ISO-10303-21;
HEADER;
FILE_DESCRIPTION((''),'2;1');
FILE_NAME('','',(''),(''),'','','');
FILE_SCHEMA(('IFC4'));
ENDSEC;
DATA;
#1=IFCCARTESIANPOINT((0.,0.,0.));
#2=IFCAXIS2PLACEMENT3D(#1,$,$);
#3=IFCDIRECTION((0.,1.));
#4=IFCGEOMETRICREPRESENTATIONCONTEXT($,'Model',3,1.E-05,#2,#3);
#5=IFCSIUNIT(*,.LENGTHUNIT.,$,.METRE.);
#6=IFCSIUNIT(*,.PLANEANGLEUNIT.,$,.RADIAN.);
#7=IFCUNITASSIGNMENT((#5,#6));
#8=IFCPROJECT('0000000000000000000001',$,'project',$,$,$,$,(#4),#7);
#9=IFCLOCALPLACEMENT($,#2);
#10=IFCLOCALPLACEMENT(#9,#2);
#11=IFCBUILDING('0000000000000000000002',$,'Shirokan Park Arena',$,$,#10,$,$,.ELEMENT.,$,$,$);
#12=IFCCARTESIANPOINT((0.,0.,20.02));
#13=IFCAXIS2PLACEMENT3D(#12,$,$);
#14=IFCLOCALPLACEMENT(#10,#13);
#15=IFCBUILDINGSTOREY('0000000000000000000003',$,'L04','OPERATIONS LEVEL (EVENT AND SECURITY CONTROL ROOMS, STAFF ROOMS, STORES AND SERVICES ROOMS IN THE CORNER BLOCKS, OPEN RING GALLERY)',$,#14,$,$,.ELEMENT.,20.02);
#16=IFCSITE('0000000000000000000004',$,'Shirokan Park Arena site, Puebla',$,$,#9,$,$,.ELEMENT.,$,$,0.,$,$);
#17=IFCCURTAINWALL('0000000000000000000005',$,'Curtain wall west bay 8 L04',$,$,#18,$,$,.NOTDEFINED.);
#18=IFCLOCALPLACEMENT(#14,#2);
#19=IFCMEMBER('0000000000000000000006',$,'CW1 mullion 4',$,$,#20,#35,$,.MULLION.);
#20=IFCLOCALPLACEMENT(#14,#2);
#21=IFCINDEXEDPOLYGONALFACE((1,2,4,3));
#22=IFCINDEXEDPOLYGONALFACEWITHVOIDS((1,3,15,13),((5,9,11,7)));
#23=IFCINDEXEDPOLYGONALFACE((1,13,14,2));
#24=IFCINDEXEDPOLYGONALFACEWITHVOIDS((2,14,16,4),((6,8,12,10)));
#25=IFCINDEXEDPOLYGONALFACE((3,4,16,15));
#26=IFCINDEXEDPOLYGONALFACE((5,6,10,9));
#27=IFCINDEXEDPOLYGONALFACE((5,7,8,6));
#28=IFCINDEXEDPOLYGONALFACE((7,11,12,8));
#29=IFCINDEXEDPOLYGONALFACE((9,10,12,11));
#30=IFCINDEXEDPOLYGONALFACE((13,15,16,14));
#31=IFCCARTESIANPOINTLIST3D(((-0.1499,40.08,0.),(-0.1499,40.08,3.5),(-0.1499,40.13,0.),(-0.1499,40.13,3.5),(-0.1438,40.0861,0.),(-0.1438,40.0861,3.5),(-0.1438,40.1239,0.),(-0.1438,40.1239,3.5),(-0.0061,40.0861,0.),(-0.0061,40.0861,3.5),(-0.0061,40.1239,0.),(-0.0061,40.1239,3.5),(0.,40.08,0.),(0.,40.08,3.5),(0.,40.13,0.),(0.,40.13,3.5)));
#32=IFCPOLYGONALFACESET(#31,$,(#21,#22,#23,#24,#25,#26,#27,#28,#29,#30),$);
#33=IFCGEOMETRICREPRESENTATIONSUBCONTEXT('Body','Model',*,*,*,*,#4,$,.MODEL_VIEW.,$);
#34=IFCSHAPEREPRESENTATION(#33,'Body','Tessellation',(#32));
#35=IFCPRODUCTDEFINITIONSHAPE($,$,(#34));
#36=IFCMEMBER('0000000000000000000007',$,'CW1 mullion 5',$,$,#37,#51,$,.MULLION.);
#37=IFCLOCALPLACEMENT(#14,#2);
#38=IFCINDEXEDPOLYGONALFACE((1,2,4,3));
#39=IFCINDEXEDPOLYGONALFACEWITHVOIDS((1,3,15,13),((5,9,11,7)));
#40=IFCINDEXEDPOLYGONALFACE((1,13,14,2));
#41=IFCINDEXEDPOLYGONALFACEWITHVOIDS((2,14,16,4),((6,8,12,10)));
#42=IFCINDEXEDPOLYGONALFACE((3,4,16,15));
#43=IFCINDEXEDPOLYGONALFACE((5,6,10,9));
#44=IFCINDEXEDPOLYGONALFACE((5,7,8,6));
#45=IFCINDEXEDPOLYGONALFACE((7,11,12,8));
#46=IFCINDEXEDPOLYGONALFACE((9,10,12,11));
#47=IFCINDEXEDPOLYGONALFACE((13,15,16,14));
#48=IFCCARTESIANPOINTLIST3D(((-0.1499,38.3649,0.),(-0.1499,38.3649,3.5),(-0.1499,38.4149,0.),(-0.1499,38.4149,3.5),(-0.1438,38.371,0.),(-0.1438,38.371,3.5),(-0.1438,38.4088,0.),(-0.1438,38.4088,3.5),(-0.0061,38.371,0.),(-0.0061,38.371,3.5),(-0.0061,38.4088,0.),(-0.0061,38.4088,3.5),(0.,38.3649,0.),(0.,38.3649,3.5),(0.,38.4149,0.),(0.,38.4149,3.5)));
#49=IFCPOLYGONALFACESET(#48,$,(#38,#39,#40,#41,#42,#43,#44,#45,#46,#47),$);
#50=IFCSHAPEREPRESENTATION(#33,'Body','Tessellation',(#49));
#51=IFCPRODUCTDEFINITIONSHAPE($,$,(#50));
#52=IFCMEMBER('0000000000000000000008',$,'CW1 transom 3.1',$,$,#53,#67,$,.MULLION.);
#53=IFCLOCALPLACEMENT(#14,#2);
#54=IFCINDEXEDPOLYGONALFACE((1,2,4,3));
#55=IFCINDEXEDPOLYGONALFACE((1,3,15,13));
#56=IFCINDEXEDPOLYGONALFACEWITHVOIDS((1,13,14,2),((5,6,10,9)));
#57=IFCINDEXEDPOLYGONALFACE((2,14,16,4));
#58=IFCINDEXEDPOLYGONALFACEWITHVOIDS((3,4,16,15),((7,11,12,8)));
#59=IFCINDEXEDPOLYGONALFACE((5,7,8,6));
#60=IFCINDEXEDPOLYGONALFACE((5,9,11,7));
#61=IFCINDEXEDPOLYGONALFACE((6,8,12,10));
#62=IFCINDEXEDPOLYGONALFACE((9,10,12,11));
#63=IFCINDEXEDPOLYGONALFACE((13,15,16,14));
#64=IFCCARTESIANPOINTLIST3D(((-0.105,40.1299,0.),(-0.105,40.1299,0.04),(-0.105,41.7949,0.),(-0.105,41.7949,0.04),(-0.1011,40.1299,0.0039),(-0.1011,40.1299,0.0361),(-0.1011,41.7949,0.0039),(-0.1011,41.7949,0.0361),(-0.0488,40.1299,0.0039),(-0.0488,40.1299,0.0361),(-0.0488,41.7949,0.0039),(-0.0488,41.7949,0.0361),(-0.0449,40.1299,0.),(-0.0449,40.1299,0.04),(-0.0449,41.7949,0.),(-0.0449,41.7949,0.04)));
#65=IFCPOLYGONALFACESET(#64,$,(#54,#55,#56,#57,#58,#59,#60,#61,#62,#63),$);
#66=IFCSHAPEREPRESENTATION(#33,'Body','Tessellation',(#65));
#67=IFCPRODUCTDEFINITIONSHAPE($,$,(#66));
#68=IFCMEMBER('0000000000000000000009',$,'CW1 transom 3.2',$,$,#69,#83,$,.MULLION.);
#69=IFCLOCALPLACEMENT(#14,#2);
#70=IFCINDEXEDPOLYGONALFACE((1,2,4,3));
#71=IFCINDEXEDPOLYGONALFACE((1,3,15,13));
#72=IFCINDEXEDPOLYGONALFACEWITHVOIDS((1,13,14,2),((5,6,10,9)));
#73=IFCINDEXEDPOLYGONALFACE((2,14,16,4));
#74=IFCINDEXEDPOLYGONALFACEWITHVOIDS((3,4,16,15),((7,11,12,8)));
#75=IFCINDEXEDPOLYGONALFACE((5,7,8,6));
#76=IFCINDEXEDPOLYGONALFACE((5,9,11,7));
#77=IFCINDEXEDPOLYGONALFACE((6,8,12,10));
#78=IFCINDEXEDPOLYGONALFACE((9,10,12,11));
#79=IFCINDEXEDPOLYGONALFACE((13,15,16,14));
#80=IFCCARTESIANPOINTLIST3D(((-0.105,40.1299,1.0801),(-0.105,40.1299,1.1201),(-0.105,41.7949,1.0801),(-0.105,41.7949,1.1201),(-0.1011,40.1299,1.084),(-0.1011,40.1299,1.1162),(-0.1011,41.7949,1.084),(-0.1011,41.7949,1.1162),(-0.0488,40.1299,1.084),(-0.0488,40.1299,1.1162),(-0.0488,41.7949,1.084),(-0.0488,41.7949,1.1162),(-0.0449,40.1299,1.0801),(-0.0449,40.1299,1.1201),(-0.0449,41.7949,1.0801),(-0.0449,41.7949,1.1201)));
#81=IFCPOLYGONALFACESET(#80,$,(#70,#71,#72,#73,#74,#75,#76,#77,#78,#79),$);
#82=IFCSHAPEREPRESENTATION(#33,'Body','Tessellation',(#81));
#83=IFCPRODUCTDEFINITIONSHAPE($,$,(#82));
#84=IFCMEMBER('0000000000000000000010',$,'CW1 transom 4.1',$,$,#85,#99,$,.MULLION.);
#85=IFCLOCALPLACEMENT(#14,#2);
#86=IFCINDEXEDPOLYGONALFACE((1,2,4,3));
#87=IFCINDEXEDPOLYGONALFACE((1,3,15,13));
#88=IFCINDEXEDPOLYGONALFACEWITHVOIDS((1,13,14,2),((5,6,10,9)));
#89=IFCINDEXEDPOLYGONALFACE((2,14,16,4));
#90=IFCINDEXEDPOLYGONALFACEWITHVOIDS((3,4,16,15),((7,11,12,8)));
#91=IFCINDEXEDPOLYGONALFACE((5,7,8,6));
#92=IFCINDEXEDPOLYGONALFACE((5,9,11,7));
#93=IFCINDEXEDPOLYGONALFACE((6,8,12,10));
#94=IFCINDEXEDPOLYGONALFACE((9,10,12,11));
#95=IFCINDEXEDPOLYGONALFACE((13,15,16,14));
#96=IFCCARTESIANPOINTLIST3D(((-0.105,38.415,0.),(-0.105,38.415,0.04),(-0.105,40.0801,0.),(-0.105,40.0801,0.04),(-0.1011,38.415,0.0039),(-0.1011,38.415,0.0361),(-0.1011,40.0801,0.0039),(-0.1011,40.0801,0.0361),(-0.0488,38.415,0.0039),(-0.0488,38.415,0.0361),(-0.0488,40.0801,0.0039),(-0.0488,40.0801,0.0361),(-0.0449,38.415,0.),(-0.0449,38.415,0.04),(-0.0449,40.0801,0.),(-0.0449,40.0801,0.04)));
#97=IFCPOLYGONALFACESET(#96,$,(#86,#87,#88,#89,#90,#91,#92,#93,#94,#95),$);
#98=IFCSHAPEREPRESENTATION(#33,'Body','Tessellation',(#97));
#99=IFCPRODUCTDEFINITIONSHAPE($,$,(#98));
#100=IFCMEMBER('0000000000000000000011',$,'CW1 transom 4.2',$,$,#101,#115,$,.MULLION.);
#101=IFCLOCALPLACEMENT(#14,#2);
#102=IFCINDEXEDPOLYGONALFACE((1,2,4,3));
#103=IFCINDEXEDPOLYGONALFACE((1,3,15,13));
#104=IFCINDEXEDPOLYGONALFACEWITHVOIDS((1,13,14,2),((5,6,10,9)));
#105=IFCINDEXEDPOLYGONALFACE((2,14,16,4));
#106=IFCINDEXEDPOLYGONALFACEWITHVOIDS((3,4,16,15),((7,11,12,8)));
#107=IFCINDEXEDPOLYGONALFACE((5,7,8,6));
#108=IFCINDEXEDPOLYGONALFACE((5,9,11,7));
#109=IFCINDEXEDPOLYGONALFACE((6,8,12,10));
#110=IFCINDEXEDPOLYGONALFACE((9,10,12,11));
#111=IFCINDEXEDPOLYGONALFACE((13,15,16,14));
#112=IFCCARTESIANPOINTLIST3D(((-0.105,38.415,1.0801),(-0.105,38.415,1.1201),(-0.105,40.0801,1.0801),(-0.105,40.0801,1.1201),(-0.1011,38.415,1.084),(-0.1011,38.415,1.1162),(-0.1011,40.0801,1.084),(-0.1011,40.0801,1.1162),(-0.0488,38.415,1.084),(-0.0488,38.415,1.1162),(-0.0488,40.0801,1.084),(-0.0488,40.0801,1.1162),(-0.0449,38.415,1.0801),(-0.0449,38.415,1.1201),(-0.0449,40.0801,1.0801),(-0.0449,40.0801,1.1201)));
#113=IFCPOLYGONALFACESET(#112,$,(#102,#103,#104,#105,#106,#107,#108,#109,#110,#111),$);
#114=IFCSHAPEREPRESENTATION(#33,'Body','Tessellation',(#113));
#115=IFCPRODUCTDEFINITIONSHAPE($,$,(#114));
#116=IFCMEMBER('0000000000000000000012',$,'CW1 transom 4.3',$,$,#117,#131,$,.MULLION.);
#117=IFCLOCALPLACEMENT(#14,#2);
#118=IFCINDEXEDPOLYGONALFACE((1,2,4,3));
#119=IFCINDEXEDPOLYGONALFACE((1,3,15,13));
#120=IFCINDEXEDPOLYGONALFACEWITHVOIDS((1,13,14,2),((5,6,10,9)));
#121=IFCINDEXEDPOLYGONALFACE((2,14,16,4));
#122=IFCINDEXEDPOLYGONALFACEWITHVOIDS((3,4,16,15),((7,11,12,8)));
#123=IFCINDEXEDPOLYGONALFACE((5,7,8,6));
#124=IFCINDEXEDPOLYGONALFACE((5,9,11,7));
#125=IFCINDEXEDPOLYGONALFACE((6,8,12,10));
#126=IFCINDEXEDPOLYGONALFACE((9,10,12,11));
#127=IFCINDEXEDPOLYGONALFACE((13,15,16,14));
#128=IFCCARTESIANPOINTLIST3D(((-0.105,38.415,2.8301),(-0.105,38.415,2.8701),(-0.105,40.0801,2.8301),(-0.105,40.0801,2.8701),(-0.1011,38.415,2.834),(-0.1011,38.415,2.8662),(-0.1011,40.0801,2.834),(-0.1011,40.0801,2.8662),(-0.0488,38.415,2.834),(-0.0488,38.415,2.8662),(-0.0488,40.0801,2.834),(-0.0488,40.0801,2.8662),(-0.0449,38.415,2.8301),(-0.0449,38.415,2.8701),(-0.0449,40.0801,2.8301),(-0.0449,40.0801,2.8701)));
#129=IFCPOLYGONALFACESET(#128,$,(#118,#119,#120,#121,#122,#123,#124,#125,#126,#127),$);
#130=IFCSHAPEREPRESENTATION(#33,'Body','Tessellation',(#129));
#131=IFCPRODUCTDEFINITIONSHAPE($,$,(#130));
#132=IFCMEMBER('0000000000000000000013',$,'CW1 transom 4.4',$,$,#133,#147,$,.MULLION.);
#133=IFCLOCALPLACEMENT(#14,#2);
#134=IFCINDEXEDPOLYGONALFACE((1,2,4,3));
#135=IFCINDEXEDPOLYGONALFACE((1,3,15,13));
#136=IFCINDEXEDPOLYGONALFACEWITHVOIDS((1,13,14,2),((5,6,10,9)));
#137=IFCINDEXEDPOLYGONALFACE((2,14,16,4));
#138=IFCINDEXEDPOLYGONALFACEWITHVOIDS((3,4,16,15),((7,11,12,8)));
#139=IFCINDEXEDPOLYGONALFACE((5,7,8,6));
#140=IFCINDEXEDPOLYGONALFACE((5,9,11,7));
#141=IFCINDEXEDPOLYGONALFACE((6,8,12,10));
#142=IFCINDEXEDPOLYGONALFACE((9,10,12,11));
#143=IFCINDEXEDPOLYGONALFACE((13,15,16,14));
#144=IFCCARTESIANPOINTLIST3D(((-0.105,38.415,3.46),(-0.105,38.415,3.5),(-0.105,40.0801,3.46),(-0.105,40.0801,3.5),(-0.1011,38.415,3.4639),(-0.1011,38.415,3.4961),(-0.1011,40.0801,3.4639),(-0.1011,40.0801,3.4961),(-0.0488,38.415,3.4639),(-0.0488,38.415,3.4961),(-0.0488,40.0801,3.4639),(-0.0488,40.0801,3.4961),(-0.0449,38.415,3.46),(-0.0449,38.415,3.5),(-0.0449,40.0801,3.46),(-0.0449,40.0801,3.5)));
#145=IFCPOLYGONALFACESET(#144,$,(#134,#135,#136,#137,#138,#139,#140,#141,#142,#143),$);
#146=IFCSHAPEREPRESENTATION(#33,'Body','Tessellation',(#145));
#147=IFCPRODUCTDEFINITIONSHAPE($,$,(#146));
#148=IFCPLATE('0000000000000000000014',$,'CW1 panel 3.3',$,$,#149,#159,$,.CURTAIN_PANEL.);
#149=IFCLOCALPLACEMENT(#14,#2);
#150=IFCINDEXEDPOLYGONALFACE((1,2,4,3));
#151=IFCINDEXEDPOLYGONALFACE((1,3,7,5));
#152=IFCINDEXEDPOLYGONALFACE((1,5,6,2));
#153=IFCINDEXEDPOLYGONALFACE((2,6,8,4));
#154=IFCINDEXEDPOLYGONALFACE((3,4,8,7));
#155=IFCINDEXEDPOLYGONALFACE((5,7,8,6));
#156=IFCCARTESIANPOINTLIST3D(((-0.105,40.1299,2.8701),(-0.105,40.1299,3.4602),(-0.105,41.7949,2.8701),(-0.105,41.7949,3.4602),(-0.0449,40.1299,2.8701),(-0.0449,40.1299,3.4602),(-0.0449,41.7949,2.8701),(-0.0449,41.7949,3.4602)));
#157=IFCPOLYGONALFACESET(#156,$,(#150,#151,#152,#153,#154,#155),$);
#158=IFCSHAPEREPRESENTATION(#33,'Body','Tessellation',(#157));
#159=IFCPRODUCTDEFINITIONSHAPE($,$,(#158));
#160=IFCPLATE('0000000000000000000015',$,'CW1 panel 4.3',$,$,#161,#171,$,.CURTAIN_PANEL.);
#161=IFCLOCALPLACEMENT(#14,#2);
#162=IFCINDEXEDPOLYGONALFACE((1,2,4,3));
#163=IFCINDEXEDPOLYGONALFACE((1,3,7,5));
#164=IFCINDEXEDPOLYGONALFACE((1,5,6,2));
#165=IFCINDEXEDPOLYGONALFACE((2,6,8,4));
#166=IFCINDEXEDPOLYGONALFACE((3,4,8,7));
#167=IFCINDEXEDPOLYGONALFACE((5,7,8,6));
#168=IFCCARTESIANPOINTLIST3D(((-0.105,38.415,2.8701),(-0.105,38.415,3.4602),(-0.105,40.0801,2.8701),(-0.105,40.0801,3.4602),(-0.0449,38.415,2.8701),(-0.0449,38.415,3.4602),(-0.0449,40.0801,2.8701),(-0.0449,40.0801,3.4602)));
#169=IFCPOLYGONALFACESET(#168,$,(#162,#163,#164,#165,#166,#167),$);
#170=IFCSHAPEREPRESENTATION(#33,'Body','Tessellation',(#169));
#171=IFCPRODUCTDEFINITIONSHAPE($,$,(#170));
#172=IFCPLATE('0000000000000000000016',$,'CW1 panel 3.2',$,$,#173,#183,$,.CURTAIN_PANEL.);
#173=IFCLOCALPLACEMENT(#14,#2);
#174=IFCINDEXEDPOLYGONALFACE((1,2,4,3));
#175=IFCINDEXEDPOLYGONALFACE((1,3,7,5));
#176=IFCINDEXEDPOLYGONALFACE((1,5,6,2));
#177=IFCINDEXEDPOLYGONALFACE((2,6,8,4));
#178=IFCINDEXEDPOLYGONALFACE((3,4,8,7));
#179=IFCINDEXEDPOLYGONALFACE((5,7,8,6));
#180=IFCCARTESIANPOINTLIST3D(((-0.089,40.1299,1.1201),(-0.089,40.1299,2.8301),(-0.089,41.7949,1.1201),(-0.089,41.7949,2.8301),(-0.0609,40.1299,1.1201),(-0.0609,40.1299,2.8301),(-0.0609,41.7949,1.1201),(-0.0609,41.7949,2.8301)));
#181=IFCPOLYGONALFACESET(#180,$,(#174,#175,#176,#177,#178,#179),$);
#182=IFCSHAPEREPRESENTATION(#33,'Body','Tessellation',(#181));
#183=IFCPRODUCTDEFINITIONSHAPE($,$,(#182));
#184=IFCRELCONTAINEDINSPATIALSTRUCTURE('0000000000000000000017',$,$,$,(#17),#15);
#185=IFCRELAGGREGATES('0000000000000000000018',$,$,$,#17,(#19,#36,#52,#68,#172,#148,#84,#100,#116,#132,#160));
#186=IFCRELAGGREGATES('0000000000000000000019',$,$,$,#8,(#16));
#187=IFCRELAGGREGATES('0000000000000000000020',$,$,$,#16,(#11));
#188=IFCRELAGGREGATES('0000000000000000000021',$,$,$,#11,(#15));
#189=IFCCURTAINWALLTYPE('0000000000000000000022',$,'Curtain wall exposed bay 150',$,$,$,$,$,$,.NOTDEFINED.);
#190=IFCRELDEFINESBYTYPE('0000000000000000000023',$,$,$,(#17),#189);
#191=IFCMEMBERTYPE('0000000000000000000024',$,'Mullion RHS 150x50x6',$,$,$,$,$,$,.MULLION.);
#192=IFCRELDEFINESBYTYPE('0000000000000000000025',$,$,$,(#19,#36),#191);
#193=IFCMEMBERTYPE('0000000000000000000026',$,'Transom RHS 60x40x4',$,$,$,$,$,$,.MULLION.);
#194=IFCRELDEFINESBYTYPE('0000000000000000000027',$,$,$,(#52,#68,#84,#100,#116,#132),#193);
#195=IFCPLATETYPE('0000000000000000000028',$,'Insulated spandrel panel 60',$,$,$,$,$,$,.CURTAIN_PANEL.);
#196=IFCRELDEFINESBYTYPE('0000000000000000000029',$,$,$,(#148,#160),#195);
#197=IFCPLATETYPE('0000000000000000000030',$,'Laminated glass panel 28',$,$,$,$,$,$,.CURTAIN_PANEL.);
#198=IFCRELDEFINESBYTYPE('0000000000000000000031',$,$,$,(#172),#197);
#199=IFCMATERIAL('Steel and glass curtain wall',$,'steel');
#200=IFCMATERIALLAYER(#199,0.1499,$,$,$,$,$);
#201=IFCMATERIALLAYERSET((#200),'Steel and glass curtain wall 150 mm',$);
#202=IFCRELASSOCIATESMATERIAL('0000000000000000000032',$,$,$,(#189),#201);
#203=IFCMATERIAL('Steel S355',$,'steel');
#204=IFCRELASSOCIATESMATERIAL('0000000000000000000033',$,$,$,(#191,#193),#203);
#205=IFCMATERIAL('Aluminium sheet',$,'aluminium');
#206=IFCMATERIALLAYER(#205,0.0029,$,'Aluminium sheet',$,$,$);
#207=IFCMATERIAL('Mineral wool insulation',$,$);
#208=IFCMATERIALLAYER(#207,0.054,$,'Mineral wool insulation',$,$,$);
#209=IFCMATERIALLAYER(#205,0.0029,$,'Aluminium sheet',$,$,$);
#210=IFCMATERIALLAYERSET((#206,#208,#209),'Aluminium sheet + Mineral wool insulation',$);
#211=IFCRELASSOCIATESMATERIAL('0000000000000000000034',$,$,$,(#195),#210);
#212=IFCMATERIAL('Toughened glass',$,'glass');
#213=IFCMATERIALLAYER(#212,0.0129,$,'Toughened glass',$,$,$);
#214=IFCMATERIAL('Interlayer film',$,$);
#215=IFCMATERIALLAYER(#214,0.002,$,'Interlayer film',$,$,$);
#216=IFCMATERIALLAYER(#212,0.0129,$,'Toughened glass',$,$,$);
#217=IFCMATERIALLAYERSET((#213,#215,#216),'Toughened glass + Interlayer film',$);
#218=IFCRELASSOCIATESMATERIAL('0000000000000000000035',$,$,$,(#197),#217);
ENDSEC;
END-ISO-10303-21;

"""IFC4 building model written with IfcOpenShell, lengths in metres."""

from ifc_helpers import new_model, si_unit, direction, frame, origin, origin_2d, place, context, subcontext, project, spatial, rectangle, hollow_rectangle, extrude, material, layer, layer_set, material_profile, profile_set, type_object, element, aggregate, save


model = new_model("IFC4")

# Units and contexts
model_context = context("Model", 3, precision=1e-05, world=origin(), true_north=direction((0.0, 1.0)))
body_context = subcontext(model_context, "Body", "Model", "MODEL_VIEW")
ifc_project = project(units=[si_unit("LENGTHUNIT", "METRE"), si_unit("PLANEANGLEUNIT", "RADIAN")], contexts=[model_context])

# Site, building, storey
site_placement = place(None, origin())
site = spatial("IfcSite", under=ifc_project, at=site_placement, Name="Shirokan Park Arena site, Puebla", CompositionType="ELEMENT", RefElevation=0.0)
building_placement = place(site_placement, origin())
building = spatial("IfcBuilding", under=site, at=building_placement, Name="Shirokan Park Arena", CompositionType="ELEMENT")
storey_placement = place(building_placement, frame((0.0, 0.0, 20.02)))
storey = spatial("IfcBuildingStorey", under=building, at=storey_placement, Name="L04", Description="OPERATIONS LEVEL (EVENT AND SECURITY CONTROL ROOMS, STAFF ROOMS, STORES AND SERVICES ROOMS IN THE CORNER BLOCKS, OPEN RING GALLERY)", CompositionType="ELEMENT", Elevation=20.02)

# Curtain wall, members, plates
ifc_material_1 = material(Name="Steel and glass curtain wall", Category="steel")
ifc_layer_1 = layer(ifc_material_1, 0.1499)
ifc_layer_set_1 = layer_set([ifc_layer_1], Name="Steel and glass curtain wall 150 mm")
curtain_wall_type = type_object("IfcCurtainWallType", Name="Curtain wall exposed bay 150", PredefinedType="NOTDEFINED", material=ifc_layer_set_1)
curtain_wall_placement = place(storey_placement, origin())
curtain_wall = element("IfcCurtainWall", 1, at=curtain_wall_placement, inside=storey, type_object=curtain_wall_type, Name="Curtain wall west bay 8 L04", PredefinedType="NOTDEFINED")
ifc_material_2 = material(Name="Steel S355", Category="steel")
ifc_material_profile_1 = material_profile(ifc_material_2, hollow_rectangle(XDim=0.1499, YDim=0.05, WallThickness=0.0061, at=origin_2d()), Name="RHS 150x50x6")
ifc_profile_set_1 = profile_set([ifc_material_profile_1], Name="Steel S355")
member_type_1 = type_object("IfcMemberType", Name="Mullion RHS 150x50x6", PredefinedType="MULLION", material=ifc_profile_set_1)
member_1_placement = place(storey_placement, frame((-0.075, 40.105, 0.0), z_axis=(0.0, 0.0, 1.0), x_axis=(1.0, 0.0, 0.0)))
member_1 = element("IfcMember", 2, at=member_1_placement, type_object=member_type_1, Name="CW1 mullion 4", PredefinedType="MULLION", context=body_context, shape_type="SweptSolid", body=[
    extrude(hollow_rectangle(XDim=0.1499, YDim=0.05, WallThickness=0.0061, at=origin_2d()), origin(), (0.0, 0.0, 1.0), 3.5),
])
member_2_placement = place(storey_placement, frame((-0.075, 38.3899, 0.0), z_axis=(0.0, 0.0, 1.0), x_axis=(1.0, 0.0, 0.0)))
member_2 = element("IfcMember", 3, at=member_2_placement, type_object=member_type_1, Name="CW1 mullion 5", PredefinedType="MULLION", context=body_context, shape_type="SweptSolid", body=[
    extrude(hollow_rectangle(XDim=0.1499, YDim=0.05, WallThickness=0.0061, at=origin_2d()), origin(), (0.0, 0.0, 1.0), 3.5),
])
ifc_material_profile_2 = material_profile(ifc_material_2, hollow_rectangle(XDim=0.0601, YDim=0.04, WallThickness=0.0039, at=origin_2d()), Name="RHS 60x40x4")
ifc_profile_set_2 = profile_set([ifc_material_profile_2], Name="Steel S355")
member_type_2 = type_object("IfcMemberType", Name="Transom RHS 60x40x4", PredefinedType="MULLION", material=ifc_profile_set_2)
member_3_placement = place(storey_placement, frame((-0.075, 41.7949, 0.02), z_axis=(0.0, -1.0, 0.0), x_axis=(1.0, 0.0, 0.0)))
member_3 = element("IfcMember", 4, at=member_3_placement, type_object=member_type_2, Name="CW1 transom 3.1", PredefinedType="MULLION", context=body_context, shape_type="SweptSolid", body=[
    extrude(hollow_rectangle(XDim=0.0601, YDim=0.04, WallThickness=0.0039, at=origin_2d()), origin(), (0.0, 0.0, 1.0), 1.665),
])
member_4_placement = place(storey_placement, frame((-0.075, 41.7949, 1.1001), z_axis=(0.0, -1.0, 0.0), x_axis=(1.0, 0.0, 0.0)))
member_4 = element("IfcMember", 5, at=member_4_placement, type_object=member_type_2, Name="CW1 transom 3.2", PredefinedType="MULLION", context=body_context, shape_type="SweptSolid", body=[
    extrude(hollow_rectangle(XDim=0.0601, YDim=0.04, WallThickness=0.0039, at=origin_2d()), origin(), (0.0, 0.0, 1.0), 1.665),
])
member_5_placement = place(storey_placement, frame((-0.075, 40.0801, 0.02), z_axis=(0.0, -1.0, 0.0), x_axis=(1.0, 0.0, 0.0)))
member_5 = element("IfcMember", 6, at=member_5_placement, type_object=member_type_2, Name="CW1 transom 4.1", PredefinedType="MULLION", context=body_context, shape_type="SweptSolid", body=[
    extrude(hollow_rectangle(XDim=0.0601, YDim=0.04, WallThickness=0.0039, at=origin_2d()), origin(), (0.0, 0.0, 1.0), 1.665),
])
member_6_placement = place(storey_placement, frame((-0.075, 40.0801, 1.1001), z_axis=(0.0, -1.0, 0.0), x_axis=(1.0, 0.0, 0.0)))
member_6 = element("IfcMember", 7, at=member_6_placement, type_object=member_type_2, Name="CW1 transom 4.2", PredefinedType="MULLION", context=body_context, shape_type="SweptSolid", body=[
    extrude(hollow_rectangle(XDim=0.0601, YDim=0.04, WallThickness=0.0039, at=origin_2d()), origin(), (0.0, 0.0, 1.0), 1.665),
])
member_7_placement = place(storey_placement, frame((-0.075, 40.0801, 2.8501), z_axis=(0.0, -1.0, 0.0), x_axis=(1.0, 0.0, 0.0)))
member_7 = element("IfcMember", 8, at=member_7_placement, type_object=member_type_2, Name="CW1 transom 4.3", PredefinedType="MULLION", context=body_context, shape_type="SweptSolid", body=[
    extrude(hollow_rectangle(XDim=0.0601, YDim=0.04, WallThickness=0.0039, at=origin_2d()), origin(), (0.0, 0.0, 1.0), 1.665),
])
member_8_placement = place(storey_placement, frame((-0.075, 40.0801, 3.48), z_axis=(0.0, -1.0, 0.0), x_axis=(1.0, 0.0, 0.0)))
member_8 = element("IfcMember", 9, at=member_8_placement, type_object=member_type_2, Name="CW1 transom 4.4", PredefinedType="MULLION", context=body_context, shape_type="SweptSolid", body=[
    extrude(hollow_rectangle(XDim=0.0601, YDim=0.04, WallThickness=0.0039, at=origin_2d()), origin(), (0.0, 0.0, 1.0), 1.665),
])
ifc_material_3 = material(Name="Aluminium sheet", Category="aluminium")
ifc_layer_2 = layer(ifc_material_3, 0.0029, Name="Aluminium sheet")
ifc_material_4 = material(Name="Mineral wool insulation")
ifc_layer_3 = layer(ifc_material_4, 0.054, Name="Mineral wool insulation")
ifc_layer_4 = layer(ifc_material_3, 0.0029, Name="Aluminium sheet")
ifc_layer_set_2 = layer_set([ifc_layer_2, ifc_layer_3, ifc_layer_4], Name="Aluminium sheet + Mineral wool insulation")
plate_type_1 = type_object("IfcPlateType", Name="Insulated spandrel panel 60", PredefinedType="CURTAIN_PANEL", material=ifc_layer_set_2)
plate_1_placement = place(storey_placement, frame((-0.075, 40.9624, 2.8701), z_axis=(0.0, 0.0, 1.0), x_axis=(0.0, -1.0, 0.0)))
plate_1 = element("IfcPlate", 10, at=plate_1_placement, type_object=plate_type_1, Name="CW1 panel 3.3", PredefinedType="CURTAIN_PANEL", context=body_context, shape_type="SweptSolid", body=[
    extrude(rectangle(XDim=1.665, YDim=0.0601, at=origin_2d()), origin(), (0.0, 0.0, 1.0), 0.5901),
])
plate_2_placement = place(storey_placement, frame((-0.075, 39.2476, 2.8701), z_axis=(0.0, 0.0, 1.0), x_axis=(0.0, -1.0, 0.0)))
plate_2 = element("IfcPlate", 11, at=plate_2_placement, type_object=plate_type_1, Name="CW1 panel 4.3", PredefinedType="CURTAIN_PANEL", context=body_context, shape_type="SweptSolid", body=[
    extrude(rectangle(XDim=1.665, YDim=0.0601, at=origin_2d()), origin(), (0.0, 0.0, 1.0), 0.5901),
])
ifc_material_5 = material(Name="Toughened glass", Category="glass")
ifc_layer_5 = layer(ifc_material_5, 0.0129, Name="Toughened glass")
ifc_material_6 = material(Name="Interlayer film")
ifc_layer_6 = layer(ifc_material_6, 0.002, Name="Interlayer film")
ifc_layer_7 = layer(ifc_material_5, 0.0129, Name="Toughened glass")
ifc_layer_set_3 = layer_set([ifc_layer_5, ifc_layer_6, ifc_layer_7], Name="Toughened glass + Interlayer film")
plate_type_2 = type_object("IfcPlateType", Name="Laminated glass panel 28", PredefinedType="CURTAIN_PANEL", material=ifc_layer_set_3)
plate_3_placement = place(storey_placement, frame((-0.075, 40.9624, 1.1201), z_axis=(0.0, 0.0, 1.0), x_axis=(0.0, -1.0, 0.0)))
plate_3 = element("IfcPlate", 12, at=plate_3_placement, type_object=plate_type_2, Name="CW1 panel 3.2", PredefinedType="CURTAIN_PANEL", context=body_context, shape_type="SweptSolid", body=[
    extrude(rectangle(XDim=1.665, YDim=0.0281, at=origin_2d()), origin(), (0.0, 0.0, 1.0), 1.71),
])
aggregate(curtain_wall, [member_1, member_2, member_3, member_4, plate_3, plate_1, member_5, member_6, member_7, member_8, plate_2])

save(model, "model.ifc")
